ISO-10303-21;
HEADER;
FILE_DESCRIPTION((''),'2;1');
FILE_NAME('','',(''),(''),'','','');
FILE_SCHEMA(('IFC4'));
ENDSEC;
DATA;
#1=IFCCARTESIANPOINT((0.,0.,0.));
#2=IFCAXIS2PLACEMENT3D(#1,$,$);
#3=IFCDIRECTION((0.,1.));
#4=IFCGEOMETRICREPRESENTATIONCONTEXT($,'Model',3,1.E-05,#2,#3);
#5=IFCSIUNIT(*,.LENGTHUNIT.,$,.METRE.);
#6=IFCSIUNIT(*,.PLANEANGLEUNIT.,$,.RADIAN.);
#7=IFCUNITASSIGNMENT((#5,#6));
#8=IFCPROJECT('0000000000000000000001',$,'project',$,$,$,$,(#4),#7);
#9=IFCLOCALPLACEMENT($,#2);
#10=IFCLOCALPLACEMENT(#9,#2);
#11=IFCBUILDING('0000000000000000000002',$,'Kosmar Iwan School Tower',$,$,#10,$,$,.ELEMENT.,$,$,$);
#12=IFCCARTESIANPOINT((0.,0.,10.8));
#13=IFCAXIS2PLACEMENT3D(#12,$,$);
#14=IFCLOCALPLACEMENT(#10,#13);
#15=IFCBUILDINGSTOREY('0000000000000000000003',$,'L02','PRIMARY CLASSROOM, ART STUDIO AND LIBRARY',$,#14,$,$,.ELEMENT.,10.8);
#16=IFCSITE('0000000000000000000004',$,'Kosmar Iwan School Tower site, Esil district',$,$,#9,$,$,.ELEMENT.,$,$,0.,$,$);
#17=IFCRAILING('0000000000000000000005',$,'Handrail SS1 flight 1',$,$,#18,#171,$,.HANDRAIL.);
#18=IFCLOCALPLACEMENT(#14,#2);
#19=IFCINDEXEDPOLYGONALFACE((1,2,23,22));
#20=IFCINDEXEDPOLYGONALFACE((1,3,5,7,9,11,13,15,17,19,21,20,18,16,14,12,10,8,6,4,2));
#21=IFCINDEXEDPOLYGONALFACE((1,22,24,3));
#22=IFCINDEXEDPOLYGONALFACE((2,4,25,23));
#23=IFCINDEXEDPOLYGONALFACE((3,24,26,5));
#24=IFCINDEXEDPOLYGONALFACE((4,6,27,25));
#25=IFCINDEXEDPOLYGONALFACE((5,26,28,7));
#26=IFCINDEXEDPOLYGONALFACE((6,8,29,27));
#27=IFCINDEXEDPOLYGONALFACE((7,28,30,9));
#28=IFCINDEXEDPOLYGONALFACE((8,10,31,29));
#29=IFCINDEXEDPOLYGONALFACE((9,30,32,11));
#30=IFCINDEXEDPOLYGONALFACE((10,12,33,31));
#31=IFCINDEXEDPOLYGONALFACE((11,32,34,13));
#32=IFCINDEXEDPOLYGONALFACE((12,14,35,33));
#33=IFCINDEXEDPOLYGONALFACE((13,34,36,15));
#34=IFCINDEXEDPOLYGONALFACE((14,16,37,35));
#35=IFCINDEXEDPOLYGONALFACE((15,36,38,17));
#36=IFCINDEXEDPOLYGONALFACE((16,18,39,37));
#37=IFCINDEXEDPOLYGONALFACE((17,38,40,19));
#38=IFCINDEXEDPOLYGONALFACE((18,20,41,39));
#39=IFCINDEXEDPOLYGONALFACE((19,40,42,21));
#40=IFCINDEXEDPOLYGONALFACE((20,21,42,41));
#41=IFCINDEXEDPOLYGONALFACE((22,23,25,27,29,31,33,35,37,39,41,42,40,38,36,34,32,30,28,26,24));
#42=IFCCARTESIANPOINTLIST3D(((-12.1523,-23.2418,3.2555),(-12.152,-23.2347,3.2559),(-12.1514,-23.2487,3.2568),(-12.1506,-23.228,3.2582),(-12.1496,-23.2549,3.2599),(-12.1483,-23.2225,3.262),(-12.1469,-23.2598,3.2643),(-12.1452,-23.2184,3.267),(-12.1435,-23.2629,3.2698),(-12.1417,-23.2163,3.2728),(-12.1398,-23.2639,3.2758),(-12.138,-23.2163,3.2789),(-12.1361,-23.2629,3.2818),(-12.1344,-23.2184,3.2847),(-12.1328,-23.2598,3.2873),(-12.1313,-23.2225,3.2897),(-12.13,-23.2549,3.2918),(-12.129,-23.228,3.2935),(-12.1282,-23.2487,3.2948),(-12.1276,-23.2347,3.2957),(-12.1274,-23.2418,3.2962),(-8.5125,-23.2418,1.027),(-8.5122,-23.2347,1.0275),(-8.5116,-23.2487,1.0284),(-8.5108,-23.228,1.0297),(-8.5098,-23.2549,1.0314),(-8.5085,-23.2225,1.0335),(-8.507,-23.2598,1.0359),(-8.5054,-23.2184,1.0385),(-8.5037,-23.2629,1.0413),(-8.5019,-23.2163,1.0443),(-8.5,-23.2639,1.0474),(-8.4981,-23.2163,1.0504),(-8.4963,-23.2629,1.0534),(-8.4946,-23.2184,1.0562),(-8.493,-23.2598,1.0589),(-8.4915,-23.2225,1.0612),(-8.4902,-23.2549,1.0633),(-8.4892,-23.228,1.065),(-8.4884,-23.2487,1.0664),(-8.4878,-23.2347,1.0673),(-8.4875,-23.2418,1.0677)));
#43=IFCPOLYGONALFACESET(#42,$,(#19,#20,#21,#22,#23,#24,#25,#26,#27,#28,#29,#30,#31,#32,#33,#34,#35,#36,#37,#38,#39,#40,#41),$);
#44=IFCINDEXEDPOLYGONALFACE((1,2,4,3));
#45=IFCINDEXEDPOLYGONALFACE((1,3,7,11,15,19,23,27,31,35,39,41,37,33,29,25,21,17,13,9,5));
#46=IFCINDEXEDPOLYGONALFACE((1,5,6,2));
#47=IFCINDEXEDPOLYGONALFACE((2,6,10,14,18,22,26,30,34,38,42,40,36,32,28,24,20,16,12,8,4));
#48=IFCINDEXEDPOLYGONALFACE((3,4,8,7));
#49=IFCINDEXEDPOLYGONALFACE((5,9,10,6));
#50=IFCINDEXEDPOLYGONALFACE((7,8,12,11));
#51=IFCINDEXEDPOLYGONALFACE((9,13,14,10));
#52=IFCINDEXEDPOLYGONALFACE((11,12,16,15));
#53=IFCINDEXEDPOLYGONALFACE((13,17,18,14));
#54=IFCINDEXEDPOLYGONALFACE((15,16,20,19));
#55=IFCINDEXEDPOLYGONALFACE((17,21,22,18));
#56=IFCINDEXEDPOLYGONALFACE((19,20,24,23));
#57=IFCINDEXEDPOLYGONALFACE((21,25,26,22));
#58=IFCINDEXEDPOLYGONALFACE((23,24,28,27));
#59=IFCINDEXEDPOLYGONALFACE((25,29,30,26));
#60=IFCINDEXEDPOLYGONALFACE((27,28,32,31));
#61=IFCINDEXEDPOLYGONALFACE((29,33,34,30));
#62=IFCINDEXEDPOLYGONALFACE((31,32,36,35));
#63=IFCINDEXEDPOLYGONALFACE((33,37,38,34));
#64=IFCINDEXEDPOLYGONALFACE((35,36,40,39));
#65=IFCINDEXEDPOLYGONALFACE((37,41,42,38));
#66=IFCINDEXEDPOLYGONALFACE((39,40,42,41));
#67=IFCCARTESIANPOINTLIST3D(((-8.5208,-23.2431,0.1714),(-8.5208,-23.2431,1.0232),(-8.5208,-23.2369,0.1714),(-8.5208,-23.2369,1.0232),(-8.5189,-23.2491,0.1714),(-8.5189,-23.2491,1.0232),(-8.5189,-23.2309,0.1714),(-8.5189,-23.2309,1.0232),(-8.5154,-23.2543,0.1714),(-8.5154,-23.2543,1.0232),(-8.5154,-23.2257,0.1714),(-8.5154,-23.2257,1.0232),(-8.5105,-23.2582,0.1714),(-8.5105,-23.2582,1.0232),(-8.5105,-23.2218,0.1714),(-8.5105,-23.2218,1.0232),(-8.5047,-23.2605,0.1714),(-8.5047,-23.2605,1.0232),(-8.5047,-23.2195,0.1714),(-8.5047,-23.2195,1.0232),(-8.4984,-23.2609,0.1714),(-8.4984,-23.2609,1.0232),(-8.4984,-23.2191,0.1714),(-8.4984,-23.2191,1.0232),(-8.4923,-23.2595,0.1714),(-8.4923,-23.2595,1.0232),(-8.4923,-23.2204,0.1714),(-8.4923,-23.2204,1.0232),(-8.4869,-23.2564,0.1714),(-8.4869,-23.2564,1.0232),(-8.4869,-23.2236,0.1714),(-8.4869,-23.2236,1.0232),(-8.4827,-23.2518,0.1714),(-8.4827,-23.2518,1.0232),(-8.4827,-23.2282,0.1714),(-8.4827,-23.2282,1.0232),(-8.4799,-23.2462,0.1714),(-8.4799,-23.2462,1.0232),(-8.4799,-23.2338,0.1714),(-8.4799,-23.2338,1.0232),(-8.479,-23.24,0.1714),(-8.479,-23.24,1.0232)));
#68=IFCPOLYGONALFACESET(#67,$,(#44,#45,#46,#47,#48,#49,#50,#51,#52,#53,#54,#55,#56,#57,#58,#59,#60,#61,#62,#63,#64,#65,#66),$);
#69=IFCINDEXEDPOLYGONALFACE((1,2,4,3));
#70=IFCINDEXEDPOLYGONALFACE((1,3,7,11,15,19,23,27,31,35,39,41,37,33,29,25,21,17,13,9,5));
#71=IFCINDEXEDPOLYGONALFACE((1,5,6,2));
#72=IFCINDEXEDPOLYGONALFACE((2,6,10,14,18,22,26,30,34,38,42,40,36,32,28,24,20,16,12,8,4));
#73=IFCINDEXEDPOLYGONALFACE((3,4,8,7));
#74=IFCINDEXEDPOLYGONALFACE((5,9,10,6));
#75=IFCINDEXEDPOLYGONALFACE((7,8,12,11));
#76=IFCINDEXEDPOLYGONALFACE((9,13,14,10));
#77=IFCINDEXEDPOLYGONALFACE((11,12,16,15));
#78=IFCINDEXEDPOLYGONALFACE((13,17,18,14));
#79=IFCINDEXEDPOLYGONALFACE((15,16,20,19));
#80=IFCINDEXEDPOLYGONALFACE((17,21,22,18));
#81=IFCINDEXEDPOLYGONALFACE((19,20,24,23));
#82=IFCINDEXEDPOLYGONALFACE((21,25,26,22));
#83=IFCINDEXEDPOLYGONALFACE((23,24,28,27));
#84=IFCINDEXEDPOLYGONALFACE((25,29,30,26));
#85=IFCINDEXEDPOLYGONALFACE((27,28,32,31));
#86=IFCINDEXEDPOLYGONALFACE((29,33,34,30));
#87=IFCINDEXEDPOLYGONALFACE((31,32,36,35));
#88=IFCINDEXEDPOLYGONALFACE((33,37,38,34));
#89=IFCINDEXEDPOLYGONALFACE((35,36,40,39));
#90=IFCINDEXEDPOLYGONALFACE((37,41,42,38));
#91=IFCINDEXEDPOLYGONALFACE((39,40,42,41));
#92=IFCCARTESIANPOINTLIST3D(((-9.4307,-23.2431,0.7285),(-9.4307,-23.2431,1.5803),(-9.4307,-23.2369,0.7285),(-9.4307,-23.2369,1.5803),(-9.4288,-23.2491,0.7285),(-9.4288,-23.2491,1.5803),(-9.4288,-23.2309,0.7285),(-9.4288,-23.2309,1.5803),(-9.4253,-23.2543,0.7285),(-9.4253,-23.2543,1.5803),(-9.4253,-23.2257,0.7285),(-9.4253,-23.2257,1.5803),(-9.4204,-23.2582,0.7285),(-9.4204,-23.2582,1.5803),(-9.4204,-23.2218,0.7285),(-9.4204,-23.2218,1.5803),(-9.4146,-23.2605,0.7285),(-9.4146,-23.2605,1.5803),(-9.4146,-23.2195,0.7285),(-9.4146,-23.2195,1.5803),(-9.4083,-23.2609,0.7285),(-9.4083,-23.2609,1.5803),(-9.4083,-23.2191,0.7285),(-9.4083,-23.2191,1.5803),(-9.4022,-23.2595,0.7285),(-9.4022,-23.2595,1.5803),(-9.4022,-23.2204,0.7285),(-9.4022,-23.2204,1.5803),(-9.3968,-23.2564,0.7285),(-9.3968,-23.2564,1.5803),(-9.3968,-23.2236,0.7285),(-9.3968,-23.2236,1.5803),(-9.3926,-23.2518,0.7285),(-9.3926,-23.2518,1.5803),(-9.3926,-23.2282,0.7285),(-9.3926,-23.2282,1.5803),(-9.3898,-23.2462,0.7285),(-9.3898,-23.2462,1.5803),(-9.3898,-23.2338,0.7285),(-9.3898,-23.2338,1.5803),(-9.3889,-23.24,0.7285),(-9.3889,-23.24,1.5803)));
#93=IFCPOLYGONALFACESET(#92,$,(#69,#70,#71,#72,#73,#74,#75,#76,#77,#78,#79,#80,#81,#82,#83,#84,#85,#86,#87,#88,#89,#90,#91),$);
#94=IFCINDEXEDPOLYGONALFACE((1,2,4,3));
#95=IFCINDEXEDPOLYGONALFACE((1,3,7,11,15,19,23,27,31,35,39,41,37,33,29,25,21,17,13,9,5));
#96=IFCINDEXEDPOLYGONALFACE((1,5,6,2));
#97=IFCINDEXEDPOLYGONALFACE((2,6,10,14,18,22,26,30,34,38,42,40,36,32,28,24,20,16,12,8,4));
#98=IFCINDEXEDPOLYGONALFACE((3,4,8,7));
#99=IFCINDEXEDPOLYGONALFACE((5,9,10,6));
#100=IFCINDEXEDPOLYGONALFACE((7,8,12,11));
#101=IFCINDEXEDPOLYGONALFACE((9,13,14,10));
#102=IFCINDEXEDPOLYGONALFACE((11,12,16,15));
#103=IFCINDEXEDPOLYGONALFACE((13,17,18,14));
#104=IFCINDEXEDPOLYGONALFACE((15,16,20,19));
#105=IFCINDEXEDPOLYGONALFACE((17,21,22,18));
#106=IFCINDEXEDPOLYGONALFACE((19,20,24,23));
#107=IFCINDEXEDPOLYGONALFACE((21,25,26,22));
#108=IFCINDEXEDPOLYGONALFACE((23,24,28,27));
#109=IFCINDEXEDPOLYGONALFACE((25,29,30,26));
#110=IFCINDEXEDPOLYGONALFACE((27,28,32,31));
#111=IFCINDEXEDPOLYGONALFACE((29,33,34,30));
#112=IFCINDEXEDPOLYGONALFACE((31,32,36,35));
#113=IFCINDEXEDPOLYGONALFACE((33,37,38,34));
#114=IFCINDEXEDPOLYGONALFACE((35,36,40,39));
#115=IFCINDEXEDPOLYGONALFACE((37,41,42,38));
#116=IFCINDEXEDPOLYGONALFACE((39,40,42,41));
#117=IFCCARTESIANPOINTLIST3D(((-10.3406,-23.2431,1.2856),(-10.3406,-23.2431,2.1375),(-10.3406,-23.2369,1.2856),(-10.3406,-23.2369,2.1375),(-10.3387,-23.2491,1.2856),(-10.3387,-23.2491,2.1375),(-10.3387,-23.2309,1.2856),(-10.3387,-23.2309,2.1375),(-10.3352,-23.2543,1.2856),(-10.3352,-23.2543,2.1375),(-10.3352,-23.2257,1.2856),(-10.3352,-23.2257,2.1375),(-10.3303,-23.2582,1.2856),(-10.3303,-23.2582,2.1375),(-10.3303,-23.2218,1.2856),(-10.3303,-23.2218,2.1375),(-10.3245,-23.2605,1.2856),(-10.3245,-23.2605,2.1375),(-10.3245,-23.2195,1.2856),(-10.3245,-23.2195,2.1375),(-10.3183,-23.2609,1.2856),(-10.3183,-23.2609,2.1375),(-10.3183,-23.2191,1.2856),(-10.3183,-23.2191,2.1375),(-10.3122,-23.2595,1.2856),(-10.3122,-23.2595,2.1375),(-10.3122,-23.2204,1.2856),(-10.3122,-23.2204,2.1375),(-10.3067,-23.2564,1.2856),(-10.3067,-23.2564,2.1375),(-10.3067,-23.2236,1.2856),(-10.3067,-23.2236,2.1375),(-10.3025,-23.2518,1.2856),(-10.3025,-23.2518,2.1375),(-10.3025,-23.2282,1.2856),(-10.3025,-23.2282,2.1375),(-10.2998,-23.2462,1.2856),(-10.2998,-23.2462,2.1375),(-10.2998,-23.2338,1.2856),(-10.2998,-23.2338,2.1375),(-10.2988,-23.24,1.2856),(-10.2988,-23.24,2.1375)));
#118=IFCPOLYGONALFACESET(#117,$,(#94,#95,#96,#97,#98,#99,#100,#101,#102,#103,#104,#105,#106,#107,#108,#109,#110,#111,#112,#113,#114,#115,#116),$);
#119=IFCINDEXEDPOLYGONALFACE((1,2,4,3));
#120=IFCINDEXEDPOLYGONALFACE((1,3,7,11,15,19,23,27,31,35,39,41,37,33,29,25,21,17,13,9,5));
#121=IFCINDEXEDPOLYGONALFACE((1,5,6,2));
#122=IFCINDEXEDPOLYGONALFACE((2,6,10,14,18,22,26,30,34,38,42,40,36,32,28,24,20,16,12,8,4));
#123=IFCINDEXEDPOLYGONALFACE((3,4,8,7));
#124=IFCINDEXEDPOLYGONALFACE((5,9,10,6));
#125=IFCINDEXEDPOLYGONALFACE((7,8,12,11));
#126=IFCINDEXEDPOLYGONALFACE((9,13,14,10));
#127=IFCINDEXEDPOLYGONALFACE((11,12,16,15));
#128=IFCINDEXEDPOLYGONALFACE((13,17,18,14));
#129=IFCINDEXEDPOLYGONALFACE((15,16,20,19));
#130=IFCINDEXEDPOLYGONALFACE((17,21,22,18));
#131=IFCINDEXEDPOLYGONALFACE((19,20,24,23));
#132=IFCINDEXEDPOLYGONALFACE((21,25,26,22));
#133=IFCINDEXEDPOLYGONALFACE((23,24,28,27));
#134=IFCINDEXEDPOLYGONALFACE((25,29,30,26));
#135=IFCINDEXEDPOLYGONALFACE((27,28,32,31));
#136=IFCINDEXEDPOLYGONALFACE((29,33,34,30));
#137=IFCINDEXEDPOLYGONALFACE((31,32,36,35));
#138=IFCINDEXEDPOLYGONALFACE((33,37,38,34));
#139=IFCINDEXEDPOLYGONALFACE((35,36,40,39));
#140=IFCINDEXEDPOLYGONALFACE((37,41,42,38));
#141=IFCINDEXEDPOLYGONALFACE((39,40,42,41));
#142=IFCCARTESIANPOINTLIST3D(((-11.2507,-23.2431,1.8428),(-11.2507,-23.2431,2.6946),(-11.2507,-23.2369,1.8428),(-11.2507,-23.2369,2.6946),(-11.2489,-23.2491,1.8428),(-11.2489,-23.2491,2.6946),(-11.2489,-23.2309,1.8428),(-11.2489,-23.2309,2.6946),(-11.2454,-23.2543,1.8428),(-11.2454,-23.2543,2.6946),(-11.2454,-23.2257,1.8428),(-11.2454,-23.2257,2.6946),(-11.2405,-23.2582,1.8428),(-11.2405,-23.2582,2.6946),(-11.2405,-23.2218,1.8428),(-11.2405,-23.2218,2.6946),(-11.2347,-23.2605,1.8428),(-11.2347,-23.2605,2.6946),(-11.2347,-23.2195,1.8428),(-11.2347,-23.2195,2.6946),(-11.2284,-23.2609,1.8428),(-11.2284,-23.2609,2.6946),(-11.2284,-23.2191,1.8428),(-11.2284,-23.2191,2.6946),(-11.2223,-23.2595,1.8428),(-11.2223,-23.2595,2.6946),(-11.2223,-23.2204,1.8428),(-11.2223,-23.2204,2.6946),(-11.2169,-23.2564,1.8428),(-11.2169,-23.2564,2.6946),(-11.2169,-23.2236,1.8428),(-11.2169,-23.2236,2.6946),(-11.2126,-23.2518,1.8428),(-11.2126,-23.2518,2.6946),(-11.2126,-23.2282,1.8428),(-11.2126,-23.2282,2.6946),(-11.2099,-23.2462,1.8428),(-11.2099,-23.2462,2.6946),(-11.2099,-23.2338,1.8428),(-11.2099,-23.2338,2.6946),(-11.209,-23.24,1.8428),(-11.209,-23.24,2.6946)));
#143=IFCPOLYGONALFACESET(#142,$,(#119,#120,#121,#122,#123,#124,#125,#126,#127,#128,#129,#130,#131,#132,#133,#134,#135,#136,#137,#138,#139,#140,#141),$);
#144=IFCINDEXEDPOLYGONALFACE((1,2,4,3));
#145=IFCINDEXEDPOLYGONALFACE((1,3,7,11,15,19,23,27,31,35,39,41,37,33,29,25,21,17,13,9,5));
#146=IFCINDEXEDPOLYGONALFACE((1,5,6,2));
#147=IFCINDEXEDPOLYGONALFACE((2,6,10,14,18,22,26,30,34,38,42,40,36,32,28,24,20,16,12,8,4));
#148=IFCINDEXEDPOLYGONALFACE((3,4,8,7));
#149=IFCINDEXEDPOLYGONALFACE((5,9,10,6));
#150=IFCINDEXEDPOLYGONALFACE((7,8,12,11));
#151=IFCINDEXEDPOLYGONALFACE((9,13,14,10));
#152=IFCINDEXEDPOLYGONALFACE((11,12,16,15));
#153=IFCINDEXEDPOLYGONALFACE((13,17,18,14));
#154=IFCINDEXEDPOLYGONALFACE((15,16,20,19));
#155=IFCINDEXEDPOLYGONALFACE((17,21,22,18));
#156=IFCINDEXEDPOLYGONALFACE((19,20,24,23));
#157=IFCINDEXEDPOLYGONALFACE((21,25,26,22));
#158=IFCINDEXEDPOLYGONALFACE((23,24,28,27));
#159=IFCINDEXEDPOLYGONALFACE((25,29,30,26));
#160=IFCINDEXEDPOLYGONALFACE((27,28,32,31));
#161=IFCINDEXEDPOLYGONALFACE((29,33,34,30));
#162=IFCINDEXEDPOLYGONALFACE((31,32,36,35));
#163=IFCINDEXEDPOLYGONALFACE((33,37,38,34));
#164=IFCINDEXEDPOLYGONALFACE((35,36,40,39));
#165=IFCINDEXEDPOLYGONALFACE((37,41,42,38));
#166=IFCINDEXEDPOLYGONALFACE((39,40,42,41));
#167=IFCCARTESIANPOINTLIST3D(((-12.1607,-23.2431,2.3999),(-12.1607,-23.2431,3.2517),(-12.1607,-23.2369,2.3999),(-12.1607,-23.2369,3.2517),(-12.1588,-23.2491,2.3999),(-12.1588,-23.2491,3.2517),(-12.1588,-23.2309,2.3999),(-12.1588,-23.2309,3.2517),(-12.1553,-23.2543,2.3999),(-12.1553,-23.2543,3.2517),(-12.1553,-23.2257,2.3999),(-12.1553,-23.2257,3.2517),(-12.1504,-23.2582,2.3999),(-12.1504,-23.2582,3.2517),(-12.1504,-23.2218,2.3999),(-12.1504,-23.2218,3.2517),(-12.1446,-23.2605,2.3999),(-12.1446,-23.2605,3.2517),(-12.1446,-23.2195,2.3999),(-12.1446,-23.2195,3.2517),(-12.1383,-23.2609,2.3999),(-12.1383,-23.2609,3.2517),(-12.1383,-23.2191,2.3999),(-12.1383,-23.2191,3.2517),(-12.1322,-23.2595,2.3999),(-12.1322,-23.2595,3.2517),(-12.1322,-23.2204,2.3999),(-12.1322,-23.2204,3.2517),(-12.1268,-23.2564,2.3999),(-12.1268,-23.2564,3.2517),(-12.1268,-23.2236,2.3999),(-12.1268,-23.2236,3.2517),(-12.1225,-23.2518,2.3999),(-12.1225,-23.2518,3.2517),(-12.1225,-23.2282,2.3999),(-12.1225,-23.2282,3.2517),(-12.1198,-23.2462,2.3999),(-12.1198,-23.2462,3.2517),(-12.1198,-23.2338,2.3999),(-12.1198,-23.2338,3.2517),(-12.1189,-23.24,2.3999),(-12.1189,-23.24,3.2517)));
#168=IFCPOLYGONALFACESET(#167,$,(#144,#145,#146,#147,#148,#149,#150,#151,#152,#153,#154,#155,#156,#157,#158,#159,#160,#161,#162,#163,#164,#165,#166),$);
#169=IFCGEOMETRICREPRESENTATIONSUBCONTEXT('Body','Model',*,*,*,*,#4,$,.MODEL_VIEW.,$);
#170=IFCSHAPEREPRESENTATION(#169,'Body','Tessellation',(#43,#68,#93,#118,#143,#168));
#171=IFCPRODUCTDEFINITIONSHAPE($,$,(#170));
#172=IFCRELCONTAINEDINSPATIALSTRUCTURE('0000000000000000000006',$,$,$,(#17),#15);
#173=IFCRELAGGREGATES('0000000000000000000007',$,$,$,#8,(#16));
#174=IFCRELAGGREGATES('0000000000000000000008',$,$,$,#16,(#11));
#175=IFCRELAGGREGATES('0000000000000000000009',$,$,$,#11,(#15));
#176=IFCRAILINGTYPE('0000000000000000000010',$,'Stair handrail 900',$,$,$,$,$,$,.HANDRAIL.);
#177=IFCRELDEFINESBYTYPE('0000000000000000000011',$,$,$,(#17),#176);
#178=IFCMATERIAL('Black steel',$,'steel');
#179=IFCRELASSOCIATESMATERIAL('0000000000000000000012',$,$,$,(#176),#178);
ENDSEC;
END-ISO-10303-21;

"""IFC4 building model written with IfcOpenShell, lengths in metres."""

from ifc_helpers import new_model, si_unit, direction, frame, origin, origin_2d, place, context, subcontext, project, spatial, circle, extrude, material, type_object, element, save


model = new_model("IFC4")

# Units and contexts
model_context = context("Model", 3, precision=1e-05, world=origin(), true_north=direction((0.0, 1.0)))
body_context = subcontext(model_context, "Body", "Model", "MODEL_VIEW")
ifc_project = project(units=[si_unit("LENGTHUNIT", "METRE"), si_unit("PLANEANGLEUNIT", "RADIAN")], contexts=[model_context])

# Site, building, storey
site_placement = place(None, origin())
site = spatial("IfcSite", under=ifc_project, at=site_placement, Name="Kosmar Iwan School Tower site, Esil district", CompositionType="ELEMENT", RefElevation=0.0)
building_placement = place(site_placement, origin())
building = spatial("IfcBuilding", under=site, at=building_placement, Name="Kosmar Iwan School Tower", CompositionType="ELEMENT")
storey_placement = place(building_placement, frame((0.0, 0.0, 10.8)))
storey = spatial("IfcBuildingStorey", under=building, at=storey_placement, Name="L02", Description="PRIMARY CLASSROOM, ART STUDIO AND LIBRARY", CompositionType="ELEMENT", Elevation=10.8)

# Railing
ifc_material_1 = material(Name="Black steel", Category="steel")
railing_type = type_object("IfcRailingType", Name="Stair handrail 900", PredefinedType="HANDRAIL", material=ifc_material_1)
railing_1_placement = place(storey_placement, frame((-8.5, -23.24, 0.1714)))
element("IfcRailing", 1, at=railing_1_placement, inside=storey, type_object=railing_type, Name="Handrail SS1 flight 1", PredefinedType="HANDRAIL", context=body_context, shape_type="SweptSolid", body=[
    extrude(circle(Radius=0.0239, at=origin_2d()), frame((0.0, 0.0, 0.876), z_axis=(-0.85285, 0.0, 0.522156), x_axis=(0.0, -1.0, 0.0)), (0.0, 0.0, 1.0), 4.2678),
    extrude(circle(Radius=0.021, at=origin_2d()), origin(), (0.0, 0.0, 1.0), 0.8518),
    extrude(circle(Radius=0.021, at=origin_2d()), frame((-0.9099, 0.0, 0.5571)), (0.0, 0.0, 1.0), 0.8518),
    extrude(circle(Radius=0.021, at=origin_2d()), frame((-1.8198, 0.0, 1.1143)), (0.0, 0.0, 1.0), 0.8518),
    extrude(circle(Radius=0.021, at=origin_2d()), frame((-2.73, 0.0, 1.6714)), (0.0, 0.0, 1.0), 0.8518),
    extrude(circle(Radius=0.021, at=origin_2d()), frame((-3.6399, 0.0, 2.2285)), (0.0, 0.0, 1.0), 0.8518),
])

save(model, "model.ifc")
